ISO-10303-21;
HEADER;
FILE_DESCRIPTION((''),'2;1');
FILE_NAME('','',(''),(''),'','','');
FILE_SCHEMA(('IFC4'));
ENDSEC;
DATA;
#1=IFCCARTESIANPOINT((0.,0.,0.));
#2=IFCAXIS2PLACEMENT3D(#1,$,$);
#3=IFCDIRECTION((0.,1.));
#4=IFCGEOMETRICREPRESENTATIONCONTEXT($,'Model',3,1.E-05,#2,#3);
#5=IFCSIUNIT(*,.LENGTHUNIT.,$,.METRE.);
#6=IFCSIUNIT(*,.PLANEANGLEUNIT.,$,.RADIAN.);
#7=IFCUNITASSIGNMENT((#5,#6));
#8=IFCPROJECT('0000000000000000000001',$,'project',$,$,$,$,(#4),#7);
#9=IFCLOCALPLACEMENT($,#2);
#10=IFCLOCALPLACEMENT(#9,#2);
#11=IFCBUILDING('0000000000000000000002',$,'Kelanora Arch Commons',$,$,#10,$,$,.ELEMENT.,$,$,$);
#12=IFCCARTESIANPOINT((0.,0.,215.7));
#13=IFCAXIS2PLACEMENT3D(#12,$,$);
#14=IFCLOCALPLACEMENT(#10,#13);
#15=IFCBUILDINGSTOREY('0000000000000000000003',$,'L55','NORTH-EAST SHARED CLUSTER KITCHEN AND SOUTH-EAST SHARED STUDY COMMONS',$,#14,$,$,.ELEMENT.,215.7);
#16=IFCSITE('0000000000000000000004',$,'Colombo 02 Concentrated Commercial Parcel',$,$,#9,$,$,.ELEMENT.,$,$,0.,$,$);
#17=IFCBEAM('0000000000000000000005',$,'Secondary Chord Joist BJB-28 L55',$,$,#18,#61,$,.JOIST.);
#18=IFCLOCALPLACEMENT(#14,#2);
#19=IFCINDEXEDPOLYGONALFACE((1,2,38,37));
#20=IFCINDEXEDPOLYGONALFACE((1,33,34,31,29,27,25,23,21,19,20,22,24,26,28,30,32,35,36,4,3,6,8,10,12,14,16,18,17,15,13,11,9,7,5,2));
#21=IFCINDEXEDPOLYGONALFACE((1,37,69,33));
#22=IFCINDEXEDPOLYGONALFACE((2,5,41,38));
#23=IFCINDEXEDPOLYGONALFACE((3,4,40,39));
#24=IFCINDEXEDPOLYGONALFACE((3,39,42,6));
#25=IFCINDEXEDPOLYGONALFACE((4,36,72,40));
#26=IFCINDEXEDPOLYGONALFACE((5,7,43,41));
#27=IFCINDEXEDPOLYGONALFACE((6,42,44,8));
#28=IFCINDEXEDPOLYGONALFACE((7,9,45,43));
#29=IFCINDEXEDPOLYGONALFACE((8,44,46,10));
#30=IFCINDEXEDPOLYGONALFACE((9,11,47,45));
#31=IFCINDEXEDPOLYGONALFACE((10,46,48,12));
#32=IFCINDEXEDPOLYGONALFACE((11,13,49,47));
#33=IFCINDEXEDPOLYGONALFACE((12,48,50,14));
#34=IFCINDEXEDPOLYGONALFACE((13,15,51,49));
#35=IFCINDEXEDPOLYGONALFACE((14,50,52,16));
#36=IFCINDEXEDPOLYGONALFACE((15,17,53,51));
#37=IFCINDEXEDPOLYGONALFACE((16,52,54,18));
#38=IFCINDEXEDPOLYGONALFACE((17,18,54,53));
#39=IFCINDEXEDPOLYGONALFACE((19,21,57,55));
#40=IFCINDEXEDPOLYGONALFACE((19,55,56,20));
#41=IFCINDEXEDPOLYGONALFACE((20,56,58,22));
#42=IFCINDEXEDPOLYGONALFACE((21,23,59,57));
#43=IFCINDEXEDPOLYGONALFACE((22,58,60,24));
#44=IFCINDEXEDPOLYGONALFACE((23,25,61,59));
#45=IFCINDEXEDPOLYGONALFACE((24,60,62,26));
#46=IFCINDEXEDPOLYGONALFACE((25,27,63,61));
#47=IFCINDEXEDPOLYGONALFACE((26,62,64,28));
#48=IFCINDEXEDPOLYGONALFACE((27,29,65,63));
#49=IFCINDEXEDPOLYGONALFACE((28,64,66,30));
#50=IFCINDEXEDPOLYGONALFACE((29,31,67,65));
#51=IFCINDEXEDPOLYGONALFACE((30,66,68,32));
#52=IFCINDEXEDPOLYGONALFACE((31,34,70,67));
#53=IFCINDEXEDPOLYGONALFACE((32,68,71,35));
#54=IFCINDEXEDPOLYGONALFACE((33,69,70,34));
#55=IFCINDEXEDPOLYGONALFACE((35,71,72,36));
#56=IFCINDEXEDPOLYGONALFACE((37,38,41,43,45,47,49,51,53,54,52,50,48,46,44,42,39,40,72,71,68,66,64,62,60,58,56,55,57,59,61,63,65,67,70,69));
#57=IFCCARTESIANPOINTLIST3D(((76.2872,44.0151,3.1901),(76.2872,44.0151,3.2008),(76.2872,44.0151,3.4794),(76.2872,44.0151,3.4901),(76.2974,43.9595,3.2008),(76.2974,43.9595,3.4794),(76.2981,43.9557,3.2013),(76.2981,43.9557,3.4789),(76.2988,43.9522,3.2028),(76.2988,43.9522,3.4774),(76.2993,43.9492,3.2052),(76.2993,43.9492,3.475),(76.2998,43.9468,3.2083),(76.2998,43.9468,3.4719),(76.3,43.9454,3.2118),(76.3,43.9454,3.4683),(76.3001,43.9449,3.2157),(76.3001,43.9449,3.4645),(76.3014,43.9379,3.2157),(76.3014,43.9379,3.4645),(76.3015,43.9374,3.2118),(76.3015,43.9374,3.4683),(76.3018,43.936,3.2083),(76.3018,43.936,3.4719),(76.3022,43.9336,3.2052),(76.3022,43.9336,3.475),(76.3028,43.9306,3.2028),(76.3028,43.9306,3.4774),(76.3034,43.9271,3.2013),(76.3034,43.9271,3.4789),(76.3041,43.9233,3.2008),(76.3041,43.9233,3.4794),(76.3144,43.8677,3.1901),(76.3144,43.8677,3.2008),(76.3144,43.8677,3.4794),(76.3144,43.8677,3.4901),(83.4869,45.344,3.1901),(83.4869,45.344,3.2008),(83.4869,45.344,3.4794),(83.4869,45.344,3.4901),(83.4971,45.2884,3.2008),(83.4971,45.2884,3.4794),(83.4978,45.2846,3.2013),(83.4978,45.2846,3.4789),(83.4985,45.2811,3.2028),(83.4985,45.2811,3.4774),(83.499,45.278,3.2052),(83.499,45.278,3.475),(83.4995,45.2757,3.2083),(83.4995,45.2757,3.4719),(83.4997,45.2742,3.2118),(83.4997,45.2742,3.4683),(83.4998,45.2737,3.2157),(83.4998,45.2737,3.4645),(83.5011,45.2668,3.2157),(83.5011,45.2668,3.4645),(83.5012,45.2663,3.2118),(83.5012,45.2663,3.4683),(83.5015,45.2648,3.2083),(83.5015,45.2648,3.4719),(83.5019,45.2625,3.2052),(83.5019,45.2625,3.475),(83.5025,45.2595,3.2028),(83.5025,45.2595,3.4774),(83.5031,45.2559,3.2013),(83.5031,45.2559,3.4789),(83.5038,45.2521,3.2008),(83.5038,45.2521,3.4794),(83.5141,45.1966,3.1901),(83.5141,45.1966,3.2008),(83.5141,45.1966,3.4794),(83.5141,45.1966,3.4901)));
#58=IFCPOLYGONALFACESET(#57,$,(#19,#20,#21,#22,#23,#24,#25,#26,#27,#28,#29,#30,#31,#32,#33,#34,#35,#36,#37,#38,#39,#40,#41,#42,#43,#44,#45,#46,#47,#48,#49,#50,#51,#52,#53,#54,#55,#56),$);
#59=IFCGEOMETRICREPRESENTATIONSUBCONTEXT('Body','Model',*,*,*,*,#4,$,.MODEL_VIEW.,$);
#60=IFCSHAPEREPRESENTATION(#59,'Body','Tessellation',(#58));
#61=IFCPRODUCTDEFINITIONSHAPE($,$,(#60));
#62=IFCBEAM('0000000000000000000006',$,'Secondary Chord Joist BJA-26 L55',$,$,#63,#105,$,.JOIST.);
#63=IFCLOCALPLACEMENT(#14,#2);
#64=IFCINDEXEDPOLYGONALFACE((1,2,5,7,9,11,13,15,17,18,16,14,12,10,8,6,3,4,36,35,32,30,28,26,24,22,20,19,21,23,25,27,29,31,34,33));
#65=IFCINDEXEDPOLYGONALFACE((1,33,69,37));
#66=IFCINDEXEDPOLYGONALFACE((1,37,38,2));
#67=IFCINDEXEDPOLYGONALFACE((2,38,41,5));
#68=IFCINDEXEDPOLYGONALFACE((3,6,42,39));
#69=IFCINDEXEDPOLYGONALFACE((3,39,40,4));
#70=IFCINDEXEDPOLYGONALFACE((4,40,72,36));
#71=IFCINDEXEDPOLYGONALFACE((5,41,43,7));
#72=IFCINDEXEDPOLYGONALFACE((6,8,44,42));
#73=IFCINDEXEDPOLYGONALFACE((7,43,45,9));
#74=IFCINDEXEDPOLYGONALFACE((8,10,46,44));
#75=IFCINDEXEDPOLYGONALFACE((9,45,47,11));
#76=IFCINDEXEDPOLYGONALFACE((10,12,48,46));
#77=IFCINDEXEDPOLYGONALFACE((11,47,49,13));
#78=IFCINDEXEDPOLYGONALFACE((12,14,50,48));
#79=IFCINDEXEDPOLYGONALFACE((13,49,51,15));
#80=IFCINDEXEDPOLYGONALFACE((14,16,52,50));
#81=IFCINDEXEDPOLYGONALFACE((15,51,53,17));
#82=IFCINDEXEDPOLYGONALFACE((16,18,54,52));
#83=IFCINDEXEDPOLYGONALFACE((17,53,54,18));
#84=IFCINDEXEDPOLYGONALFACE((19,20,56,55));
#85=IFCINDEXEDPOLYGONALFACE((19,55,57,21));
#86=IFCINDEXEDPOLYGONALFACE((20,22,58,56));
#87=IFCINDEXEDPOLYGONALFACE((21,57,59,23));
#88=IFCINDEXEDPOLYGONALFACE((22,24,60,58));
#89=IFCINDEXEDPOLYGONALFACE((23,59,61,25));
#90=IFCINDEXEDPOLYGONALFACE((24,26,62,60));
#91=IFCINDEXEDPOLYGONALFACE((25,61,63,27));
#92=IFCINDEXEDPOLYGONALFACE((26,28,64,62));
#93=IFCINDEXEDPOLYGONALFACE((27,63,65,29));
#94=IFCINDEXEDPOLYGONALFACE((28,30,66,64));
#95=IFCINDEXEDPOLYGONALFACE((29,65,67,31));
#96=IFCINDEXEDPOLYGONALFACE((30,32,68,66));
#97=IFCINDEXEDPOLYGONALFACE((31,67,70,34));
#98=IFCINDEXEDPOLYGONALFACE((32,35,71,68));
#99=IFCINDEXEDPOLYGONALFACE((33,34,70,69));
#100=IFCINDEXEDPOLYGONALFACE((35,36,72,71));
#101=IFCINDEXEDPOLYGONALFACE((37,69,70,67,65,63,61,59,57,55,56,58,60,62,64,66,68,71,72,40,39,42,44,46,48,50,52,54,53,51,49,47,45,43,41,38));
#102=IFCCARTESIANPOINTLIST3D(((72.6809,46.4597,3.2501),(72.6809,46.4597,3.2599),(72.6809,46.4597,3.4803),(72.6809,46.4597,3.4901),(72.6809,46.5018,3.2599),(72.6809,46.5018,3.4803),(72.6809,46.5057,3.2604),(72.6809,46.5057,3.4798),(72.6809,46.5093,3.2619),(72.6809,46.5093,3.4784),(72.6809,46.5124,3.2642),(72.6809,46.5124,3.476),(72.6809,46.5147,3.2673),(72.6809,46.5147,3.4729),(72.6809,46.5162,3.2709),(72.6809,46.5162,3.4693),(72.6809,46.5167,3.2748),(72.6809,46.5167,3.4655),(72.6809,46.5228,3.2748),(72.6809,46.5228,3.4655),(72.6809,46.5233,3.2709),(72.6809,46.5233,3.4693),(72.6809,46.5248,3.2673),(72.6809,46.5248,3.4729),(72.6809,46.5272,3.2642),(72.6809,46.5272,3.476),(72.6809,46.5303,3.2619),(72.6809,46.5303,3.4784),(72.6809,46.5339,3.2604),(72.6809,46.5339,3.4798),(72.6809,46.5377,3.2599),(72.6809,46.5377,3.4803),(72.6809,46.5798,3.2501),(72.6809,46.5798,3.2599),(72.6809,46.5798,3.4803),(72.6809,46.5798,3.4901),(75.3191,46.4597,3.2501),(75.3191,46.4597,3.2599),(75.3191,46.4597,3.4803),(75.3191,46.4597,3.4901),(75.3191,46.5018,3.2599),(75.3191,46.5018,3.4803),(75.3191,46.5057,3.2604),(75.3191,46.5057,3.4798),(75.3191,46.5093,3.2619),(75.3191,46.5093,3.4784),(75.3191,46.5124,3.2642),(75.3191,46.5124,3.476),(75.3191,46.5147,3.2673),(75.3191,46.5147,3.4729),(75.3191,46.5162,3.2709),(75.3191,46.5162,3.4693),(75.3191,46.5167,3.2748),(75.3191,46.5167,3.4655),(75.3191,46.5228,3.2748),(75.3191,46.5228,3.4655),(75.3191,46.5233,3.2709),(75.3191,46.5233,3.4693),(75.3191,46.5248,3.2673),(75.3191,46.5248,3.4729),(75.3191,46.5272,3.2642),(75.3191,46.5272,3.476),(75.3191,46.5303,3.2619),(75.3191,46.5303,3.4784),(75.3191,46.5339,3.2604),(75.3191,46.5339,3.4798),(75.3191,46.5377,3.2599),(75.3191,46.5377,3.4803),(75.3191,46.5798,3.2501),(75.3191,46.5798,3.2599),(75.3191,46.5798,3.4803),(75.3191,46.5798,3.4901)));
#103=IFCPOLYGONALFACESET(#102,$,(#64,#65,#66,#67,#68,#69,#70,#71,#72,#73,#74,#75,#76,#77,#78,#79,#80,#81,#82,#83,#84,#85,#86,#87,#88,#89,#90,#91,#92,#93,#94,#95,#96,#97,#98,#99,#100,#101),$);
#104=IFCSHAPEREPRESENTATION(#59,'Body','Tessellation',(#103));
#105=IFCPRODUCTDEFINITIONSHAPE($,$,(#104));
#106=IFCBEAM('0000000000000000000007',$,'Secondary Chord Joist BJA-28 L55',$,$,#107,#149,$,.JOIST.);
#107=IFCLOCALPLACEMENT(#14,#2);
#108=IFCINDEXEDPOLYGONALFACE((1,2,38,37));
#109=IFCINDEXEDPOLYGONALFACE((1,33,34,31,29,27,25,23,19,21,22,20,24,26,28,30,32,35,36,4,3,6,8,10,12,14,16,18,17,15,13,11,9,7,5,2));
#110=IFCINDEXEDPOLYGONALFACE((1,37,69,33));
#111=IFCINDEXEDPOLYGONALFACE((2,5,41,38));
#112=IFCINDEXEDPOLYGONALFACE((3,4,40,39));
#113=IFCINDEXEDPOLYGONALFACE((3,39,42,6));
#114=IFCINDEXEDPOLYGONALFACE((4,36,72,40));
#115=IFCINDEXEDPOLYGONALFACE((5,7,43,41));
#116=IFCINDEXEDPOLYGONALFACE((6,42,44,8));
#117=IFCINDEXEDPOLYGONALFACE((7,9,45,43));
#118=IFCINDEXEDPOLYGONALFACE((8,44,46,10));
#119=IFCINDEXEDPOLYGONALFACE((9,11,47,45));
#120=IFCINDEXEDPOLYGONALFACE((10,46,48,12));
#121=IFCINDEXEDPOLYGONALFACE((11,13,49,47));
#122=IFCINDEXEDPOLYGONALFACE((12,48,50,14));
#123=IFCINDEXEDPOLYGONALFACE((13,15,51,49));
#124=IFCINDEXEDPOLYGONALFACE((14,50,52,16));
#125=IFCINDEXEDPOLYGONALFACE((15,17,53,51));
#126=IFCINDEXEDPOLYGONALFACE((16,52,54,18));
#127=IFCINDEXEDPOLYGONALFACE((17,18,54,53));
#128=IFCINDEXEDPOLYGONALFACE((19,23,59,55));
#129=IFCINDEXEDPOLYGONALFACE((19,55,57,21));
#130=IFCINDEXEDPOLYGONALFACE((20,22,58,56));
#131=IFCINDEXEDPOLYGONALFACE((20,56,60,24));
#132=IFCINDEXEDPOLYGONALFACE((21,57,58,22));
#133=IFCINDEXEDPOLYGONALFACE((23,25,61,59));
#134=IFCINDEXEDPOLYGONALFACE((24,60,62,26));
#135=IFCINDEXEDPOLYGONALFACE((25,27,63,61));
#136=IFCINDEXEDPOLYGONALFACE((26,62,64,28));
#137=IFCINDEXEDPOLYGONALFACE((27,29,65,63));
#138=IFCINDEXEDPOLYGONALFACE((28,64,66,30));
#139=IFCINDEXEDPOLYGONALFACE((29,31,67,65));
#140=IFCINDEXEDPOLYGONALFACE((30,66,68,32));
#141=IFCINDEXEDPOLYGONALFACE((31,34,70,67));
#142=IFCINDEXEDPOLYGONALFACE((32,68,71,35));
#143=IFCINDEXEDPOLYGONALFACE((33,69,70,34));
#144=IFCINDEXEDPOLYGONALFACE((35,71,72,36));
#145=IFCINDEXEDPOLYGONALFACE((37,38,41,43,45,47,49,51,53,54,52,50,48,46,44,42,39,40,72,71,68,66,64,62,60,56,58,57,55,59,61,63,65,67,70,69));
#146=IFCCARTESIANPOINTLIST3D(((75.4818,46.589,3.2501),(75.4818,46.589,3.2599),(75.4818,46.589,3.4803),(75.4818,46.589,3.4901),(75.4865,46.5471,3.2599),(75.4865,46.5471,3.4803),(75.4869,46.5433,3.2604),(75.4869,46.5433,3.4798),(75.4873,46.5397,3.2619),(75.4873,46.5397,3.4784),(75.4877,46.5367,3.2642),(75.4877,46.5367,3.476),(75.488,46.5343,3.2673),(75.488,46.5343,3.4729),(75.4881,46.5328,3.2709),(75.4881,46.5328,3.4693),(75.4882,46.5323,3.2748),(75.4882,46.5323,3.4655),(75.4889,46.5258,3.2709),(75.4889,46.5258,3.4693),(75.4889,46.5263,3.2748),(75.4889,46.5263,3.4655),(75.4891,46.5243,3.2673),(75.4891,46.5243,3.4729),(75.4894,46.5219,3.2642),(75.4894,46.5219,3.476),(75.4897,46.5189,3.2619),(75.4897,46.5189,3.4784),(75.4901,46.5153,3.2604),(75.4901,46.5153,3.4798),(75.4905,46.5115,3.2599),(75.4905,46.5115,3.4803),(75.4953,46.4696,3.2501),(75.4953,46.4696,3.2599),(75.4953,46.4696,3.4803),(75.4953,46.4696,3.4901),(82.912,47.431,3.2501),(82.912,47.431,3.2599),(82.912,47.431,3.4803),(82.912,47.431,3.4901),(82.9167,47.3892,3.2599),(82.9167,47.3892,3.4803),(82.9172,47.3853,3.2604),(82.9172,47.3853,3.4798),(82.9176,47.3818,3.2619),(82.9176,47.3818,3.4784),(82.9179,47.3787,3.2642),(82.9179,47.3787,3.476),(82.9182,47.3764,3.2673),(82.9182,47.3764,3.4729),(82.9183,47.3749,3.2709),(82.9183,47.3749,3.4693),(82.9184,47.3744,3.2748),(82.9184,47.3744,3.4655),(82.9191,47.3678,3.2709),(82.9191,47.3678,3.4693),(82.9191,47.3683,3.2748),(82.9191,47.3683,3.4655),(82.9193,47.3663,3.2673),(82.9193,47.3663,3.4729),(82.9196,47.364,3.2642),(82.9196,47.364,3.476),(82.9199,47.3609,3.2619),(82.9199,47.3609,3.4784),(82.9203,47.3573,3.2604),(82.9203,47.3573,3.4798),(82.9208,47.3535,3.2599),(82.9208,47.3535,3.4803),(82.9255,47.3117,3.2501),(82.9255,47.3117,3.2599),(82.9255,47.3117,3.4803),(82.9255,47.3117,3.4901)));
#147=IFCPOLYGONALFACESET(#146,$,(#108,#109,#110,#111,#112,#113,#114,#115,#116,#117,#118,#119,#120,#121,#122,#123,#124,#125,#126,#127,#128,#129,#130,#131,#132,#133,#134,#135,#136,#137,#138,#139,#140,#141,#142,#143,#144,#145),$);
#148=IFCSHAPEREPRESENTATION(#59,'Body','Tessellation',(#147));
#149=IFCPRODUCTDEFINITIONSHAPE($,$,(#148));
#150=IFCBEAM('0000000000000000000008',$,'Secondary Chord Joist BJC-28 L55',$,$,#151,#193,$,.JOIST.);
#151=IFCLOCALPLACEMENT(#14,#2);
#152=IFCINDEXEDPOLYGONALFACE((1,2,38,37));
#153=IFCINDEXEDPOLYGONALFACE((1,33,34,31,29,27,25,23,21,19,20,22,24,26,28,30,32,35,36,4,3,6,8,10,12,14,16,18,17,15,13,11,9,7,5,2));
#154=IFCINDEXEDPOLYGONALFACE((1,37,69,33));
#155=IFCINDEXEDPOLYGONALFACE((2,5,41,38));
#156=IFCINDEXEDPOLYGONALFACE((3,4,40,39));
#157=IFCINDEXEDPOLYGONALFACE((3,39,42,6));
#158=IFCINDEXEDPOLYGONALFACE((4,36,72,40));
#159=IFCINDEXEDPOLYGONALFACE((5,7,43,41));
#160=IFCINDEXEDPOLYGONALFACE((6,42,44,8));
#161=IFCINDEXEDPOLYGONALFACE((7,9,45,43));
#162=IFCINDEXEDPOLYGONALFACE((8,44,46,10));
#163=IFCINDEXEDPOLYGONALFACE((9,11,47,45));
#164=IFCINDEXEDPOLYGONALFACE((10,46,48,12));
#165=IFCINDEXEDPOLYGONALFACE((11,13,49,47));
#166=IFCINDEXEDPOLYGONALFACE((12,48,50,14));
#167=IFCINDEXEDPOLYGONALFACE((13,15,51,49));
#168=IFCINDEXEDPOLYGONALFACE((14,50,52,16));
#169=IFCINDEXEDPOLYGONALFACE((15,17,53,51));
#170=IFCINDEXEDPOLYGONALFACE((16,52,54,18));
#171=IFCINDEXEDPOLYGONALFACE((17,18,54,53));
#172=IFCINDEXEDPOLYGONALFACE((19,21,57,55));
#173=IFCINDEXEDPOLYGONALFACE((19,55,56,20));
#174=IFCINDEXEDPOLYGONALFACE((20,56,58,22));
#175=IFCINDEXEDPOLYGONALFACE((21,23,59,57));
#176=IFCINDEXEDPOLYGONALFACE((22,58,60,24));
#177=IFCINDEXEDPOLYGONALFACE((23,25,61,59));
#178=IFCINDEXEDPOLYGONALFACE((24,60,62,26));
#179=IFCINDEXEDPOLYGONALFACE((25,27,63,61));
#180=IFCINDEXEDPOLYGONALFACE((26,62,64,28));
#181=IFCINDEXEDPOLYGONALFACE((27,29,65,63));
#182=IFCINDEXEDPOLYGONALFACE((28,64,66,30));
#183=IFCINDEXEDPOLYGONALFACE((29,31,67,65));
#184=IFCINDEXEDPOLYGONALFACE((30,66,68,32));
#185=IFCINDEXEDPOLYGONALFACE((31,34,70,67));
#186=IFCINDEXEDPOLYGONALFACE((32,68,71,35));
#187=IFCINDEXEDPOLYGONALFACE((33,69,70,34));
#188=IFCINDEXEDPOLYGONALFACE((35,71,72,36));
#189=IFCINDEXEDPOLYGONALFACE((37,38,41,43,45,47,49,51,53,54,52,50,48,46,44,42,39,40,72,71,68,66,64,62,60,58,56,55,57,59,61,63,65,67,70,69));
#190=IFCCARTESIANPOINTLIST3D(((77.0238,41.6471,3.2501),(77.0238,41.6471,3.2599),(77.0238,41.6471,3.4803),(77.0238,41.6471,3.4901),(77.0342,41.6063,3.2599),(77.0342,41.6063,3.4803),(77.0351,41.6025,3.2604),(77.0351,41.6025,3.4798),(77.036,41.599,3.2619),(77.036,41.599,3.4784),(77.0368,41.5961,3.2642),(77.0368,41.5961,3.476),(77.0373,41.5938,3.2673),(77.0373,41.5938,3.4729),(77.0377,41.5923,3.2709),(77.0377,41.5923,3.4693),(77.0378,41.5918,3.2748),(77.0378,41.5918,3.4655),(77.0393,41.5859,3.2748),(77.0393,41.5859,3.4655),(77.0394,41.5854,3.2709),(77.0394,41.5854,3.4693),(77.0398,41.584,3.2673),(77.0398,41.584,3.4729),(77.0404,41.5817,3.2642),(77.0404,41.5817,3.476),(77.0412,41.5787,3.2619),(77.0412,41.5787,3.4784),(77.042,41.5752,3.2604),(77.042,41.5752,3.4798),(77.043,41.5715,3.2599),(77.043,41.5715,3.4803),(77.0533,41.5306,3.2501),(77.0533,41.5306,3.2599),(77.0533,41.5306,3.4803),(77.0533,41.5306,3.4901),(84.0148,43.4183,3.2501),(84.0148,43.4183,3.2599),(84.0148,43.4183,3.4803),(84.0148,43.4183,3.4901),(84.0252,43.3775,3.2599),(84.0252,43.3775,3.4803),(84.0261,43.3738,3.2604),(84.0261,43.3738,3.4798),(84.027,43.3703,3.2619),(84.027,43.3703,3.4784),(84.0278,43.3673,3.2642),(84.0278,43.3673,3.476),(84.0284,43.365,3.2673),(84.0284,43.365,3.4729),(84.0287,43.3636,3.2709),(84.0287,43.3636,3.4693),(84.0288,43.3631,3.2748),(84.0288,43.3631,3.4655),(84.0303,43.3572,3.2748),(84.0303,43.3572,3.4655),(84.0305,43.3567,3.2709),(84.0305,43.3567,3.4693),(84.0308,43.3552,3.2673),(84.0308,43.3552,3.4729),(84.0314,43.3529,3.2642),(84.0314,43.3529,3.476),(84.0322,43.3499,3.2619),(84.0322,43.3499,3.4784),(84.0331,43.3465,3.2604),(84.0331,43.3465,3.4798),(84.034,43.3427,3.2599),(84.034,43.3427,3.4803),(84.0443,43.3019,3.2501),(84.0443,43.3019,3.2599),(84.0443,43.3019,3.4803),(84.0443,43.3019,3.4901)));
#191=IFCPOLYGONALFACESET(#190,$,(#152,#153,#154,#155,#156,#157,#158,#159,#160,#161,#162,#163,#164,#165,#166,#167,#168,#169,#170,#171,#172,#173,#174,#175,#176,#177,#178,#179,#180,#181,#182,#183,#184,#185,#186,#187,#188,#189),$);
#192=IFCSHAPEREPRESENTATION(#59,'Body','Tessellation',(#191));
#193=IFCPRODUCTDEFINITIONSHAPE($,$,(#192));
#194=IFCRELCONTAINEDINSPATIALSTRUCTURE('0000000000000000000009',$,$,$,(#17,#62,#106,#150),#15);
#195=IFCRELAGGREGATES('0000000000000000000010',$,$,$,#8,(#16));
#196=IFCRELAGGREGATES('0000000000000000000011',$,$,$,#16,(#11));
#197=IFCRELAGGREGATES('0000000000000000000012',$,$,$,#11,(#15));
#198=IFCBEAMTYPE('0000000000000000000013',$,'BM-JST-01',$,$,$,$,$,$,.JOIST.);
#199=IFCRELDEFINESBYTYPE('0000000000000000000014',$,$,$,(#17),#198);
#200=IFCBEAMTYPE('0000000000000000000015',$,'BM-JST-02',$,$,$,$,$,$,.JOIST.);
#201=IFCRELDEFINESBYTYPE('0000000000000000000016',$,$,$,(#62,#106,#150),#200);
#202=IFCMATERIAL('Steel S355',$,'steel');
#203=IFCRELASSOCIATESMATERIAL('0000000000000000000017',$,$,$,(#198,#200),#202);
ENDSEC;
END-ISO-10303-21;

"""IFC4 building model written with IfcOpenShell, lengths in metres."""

from ifc_helpers import new_model, si_unit, direction, frame, origin, origin_2d, place, context, subcontext, project, spatial, i_section, extrude, material, material_profile, profile_set, type_object, element, save


model = new_model("IFC4")

# Units and contexts
model_context = context("Model", 3, precision=1e-05, world=origin(), true_north=direction((0.0, 1.0)))
body_context = subcontext(model_context, "Body", "Model", "MODEL_VIEW")
ifc_project = project(units=[si_unit("LENGTHUNIT", "METRE"), si_unit("PLANEANGLEUNIT", "RADIAN")], contexts=[model_context])

# Site, building, storey
site_placement = place(None, origin())
site = spatial("IfcSite", under=ifc_project, at=site_placement, Name="Colombo 02 Concentrated Commercial Parcel", CompositionType="ELEMENT", RefElevation=0.0)
building_placement = place(site_placement, origin())
building = spatial("IfcBuilding", under=site, at=building_placement, Name="Kelanora Arch Commons", CompositionType="ELEMENT")
storey_placement = place(building_placement, frame((0.0, 0.0, 215.7)))
storey = spatial("IfcBuildingStorey", under=building, at=storey_placement, Name="L55", Description="NORTH-EAST SHARED CLUSTER KITCHEN AND SOUTH-EAST SHARED STUDY COMMONS", CompositionType="ELEMENT", Elevation=215.7)

# Beams
ifc_material_1 = material(Name="Steel S355", Category="steel")
ifc_material_profile_1 = material_profile(ifc_material_1, i_section(OverallWidth=0.1499, OverallDepth=0.3, WebThickness=0.0071, FlangeThickness=0.0107, FilletRadius=0.0149, at=origin_2d()), Name="IPE300")
ifc_profile_set_1 = profile_set([ifc_material_profile_1], Name="Steel S355")
beam_type_1 = type_object("IfcBeamType", Name="BM-JST-01", PredefinedType="JOIST", material=ifc_profile_set_1)
beam_1_placement = place(storey_placement, frame((76.3008, 43.9414, 3.3401), z_axis=(0.98339, 0.181505, 0.0), x_axis=(-0.181505, 0.98339, 0.0)))
element("IfcBeam", 1, at=beam_1_placement, inside=storey, type_object=beam_type_1, Name="Secondary Chord Joist BJB-28 L55", PredefinedType="JOIST", context=body_context, shape_type="SweptSolid", body=[
    extrude(i_section(OverallWidth=0.1499, OverallDepth=0.3, WebThickness=0.0071, FlangeThickness=0.0107, FilletRadius=0.0149, at=origin_2d()), origin(), (0.0, 0.0, 1.0), 7.3213),
])
ifc_material_profile_2 = material_profile(ifc_material_1, i_section(OverallWidth=0.1201, OverallDepth=0.24, WebThickness=0.0061, FlangeThickness=0.0098, FilletRadius=0.0149, at=origin_2d()), Name="IPE240")
ifc_profile_set_2 = profile_set([ifc_material_profile_2], Name="Steel S355")
beam_type_2 = type_object("IfcBeamType", Name="BM-JST-02", PredefinedType="JOIST", material=ifc_profile_set_2)
beam_2_placement = place(storey_placement, frame((72.6809, 46.5198, 3.3701), z_axis=(1.0, 0.0, 0.0), x_axis=(0.0, 1.0, 0.0)))
element("IfcBeam", 2, at=beam_2_placement, inside=storey, type_object=beam_type_2, Name="Secondary Chord Joist BJA-26 L55", PredefinedType="JOIST", context=body_context, shape_type="SweptSolid", body=[
    extrude(i_section(OverallWidth=0.1201, OverallDepth=0.24, WebThickness=0.0061, FlangeThickness=0.0098, FilletRadius=0.0149, at=origin_2d()), origin(), (0.0, 0.0, 1.0), 2.6382),
])
beam_3_placement = place(storey_placement, frame((75.4885, 46.5293, 3.3701), z_axis=(0.99364, 0.112606, 0.0), x_axis=(-0.112606, 0.99364, 0.0)))
element("IfcBeam", 3, at=beam_3_placement, inside=storey, type_object=beam_type_2, Name="Secondary Chord Joist BJA-28 L55", PredefinedType="JOIST", context=body_context, shape_type="SweptSolid", body=[
    extrude(i_section(OverallWidth=0.1201, OverallDepth=0.24, WebThickness=0.0061, FlangeThickness=0.0098, FilletRadius=0.0149, at=origin_2d()), origin(), (0.0, 0.0, 1.0), 7.4778),
])
beam_4_placement = place(storey_placement, frame((77.0386, 41.5889, 3.3701), z_axis=(0.969371, 0.245601, 0.0), x_axis=(-0.245601, 0.969371, 0.0)))
element("IfcBeam", 4, at=beam_4_placement, inside=storey, type_object=beam_type_2, Name="Secondary Chord Joist BJC-28 L55", PredefinedType="JOIST", context=body_context, shape_type="SweptSolid", body=[
    extrude(i_section(OverallWidth=0.1201, OverallDepth=0.24, WebThickness=0.0061, FlangeThickness=0.0098, FilletRadius=0.0149, at=origin_2d()), origin(), (0.0, 0.0, 1.0), 7.2119),
])

save(model, "model.ifc")
